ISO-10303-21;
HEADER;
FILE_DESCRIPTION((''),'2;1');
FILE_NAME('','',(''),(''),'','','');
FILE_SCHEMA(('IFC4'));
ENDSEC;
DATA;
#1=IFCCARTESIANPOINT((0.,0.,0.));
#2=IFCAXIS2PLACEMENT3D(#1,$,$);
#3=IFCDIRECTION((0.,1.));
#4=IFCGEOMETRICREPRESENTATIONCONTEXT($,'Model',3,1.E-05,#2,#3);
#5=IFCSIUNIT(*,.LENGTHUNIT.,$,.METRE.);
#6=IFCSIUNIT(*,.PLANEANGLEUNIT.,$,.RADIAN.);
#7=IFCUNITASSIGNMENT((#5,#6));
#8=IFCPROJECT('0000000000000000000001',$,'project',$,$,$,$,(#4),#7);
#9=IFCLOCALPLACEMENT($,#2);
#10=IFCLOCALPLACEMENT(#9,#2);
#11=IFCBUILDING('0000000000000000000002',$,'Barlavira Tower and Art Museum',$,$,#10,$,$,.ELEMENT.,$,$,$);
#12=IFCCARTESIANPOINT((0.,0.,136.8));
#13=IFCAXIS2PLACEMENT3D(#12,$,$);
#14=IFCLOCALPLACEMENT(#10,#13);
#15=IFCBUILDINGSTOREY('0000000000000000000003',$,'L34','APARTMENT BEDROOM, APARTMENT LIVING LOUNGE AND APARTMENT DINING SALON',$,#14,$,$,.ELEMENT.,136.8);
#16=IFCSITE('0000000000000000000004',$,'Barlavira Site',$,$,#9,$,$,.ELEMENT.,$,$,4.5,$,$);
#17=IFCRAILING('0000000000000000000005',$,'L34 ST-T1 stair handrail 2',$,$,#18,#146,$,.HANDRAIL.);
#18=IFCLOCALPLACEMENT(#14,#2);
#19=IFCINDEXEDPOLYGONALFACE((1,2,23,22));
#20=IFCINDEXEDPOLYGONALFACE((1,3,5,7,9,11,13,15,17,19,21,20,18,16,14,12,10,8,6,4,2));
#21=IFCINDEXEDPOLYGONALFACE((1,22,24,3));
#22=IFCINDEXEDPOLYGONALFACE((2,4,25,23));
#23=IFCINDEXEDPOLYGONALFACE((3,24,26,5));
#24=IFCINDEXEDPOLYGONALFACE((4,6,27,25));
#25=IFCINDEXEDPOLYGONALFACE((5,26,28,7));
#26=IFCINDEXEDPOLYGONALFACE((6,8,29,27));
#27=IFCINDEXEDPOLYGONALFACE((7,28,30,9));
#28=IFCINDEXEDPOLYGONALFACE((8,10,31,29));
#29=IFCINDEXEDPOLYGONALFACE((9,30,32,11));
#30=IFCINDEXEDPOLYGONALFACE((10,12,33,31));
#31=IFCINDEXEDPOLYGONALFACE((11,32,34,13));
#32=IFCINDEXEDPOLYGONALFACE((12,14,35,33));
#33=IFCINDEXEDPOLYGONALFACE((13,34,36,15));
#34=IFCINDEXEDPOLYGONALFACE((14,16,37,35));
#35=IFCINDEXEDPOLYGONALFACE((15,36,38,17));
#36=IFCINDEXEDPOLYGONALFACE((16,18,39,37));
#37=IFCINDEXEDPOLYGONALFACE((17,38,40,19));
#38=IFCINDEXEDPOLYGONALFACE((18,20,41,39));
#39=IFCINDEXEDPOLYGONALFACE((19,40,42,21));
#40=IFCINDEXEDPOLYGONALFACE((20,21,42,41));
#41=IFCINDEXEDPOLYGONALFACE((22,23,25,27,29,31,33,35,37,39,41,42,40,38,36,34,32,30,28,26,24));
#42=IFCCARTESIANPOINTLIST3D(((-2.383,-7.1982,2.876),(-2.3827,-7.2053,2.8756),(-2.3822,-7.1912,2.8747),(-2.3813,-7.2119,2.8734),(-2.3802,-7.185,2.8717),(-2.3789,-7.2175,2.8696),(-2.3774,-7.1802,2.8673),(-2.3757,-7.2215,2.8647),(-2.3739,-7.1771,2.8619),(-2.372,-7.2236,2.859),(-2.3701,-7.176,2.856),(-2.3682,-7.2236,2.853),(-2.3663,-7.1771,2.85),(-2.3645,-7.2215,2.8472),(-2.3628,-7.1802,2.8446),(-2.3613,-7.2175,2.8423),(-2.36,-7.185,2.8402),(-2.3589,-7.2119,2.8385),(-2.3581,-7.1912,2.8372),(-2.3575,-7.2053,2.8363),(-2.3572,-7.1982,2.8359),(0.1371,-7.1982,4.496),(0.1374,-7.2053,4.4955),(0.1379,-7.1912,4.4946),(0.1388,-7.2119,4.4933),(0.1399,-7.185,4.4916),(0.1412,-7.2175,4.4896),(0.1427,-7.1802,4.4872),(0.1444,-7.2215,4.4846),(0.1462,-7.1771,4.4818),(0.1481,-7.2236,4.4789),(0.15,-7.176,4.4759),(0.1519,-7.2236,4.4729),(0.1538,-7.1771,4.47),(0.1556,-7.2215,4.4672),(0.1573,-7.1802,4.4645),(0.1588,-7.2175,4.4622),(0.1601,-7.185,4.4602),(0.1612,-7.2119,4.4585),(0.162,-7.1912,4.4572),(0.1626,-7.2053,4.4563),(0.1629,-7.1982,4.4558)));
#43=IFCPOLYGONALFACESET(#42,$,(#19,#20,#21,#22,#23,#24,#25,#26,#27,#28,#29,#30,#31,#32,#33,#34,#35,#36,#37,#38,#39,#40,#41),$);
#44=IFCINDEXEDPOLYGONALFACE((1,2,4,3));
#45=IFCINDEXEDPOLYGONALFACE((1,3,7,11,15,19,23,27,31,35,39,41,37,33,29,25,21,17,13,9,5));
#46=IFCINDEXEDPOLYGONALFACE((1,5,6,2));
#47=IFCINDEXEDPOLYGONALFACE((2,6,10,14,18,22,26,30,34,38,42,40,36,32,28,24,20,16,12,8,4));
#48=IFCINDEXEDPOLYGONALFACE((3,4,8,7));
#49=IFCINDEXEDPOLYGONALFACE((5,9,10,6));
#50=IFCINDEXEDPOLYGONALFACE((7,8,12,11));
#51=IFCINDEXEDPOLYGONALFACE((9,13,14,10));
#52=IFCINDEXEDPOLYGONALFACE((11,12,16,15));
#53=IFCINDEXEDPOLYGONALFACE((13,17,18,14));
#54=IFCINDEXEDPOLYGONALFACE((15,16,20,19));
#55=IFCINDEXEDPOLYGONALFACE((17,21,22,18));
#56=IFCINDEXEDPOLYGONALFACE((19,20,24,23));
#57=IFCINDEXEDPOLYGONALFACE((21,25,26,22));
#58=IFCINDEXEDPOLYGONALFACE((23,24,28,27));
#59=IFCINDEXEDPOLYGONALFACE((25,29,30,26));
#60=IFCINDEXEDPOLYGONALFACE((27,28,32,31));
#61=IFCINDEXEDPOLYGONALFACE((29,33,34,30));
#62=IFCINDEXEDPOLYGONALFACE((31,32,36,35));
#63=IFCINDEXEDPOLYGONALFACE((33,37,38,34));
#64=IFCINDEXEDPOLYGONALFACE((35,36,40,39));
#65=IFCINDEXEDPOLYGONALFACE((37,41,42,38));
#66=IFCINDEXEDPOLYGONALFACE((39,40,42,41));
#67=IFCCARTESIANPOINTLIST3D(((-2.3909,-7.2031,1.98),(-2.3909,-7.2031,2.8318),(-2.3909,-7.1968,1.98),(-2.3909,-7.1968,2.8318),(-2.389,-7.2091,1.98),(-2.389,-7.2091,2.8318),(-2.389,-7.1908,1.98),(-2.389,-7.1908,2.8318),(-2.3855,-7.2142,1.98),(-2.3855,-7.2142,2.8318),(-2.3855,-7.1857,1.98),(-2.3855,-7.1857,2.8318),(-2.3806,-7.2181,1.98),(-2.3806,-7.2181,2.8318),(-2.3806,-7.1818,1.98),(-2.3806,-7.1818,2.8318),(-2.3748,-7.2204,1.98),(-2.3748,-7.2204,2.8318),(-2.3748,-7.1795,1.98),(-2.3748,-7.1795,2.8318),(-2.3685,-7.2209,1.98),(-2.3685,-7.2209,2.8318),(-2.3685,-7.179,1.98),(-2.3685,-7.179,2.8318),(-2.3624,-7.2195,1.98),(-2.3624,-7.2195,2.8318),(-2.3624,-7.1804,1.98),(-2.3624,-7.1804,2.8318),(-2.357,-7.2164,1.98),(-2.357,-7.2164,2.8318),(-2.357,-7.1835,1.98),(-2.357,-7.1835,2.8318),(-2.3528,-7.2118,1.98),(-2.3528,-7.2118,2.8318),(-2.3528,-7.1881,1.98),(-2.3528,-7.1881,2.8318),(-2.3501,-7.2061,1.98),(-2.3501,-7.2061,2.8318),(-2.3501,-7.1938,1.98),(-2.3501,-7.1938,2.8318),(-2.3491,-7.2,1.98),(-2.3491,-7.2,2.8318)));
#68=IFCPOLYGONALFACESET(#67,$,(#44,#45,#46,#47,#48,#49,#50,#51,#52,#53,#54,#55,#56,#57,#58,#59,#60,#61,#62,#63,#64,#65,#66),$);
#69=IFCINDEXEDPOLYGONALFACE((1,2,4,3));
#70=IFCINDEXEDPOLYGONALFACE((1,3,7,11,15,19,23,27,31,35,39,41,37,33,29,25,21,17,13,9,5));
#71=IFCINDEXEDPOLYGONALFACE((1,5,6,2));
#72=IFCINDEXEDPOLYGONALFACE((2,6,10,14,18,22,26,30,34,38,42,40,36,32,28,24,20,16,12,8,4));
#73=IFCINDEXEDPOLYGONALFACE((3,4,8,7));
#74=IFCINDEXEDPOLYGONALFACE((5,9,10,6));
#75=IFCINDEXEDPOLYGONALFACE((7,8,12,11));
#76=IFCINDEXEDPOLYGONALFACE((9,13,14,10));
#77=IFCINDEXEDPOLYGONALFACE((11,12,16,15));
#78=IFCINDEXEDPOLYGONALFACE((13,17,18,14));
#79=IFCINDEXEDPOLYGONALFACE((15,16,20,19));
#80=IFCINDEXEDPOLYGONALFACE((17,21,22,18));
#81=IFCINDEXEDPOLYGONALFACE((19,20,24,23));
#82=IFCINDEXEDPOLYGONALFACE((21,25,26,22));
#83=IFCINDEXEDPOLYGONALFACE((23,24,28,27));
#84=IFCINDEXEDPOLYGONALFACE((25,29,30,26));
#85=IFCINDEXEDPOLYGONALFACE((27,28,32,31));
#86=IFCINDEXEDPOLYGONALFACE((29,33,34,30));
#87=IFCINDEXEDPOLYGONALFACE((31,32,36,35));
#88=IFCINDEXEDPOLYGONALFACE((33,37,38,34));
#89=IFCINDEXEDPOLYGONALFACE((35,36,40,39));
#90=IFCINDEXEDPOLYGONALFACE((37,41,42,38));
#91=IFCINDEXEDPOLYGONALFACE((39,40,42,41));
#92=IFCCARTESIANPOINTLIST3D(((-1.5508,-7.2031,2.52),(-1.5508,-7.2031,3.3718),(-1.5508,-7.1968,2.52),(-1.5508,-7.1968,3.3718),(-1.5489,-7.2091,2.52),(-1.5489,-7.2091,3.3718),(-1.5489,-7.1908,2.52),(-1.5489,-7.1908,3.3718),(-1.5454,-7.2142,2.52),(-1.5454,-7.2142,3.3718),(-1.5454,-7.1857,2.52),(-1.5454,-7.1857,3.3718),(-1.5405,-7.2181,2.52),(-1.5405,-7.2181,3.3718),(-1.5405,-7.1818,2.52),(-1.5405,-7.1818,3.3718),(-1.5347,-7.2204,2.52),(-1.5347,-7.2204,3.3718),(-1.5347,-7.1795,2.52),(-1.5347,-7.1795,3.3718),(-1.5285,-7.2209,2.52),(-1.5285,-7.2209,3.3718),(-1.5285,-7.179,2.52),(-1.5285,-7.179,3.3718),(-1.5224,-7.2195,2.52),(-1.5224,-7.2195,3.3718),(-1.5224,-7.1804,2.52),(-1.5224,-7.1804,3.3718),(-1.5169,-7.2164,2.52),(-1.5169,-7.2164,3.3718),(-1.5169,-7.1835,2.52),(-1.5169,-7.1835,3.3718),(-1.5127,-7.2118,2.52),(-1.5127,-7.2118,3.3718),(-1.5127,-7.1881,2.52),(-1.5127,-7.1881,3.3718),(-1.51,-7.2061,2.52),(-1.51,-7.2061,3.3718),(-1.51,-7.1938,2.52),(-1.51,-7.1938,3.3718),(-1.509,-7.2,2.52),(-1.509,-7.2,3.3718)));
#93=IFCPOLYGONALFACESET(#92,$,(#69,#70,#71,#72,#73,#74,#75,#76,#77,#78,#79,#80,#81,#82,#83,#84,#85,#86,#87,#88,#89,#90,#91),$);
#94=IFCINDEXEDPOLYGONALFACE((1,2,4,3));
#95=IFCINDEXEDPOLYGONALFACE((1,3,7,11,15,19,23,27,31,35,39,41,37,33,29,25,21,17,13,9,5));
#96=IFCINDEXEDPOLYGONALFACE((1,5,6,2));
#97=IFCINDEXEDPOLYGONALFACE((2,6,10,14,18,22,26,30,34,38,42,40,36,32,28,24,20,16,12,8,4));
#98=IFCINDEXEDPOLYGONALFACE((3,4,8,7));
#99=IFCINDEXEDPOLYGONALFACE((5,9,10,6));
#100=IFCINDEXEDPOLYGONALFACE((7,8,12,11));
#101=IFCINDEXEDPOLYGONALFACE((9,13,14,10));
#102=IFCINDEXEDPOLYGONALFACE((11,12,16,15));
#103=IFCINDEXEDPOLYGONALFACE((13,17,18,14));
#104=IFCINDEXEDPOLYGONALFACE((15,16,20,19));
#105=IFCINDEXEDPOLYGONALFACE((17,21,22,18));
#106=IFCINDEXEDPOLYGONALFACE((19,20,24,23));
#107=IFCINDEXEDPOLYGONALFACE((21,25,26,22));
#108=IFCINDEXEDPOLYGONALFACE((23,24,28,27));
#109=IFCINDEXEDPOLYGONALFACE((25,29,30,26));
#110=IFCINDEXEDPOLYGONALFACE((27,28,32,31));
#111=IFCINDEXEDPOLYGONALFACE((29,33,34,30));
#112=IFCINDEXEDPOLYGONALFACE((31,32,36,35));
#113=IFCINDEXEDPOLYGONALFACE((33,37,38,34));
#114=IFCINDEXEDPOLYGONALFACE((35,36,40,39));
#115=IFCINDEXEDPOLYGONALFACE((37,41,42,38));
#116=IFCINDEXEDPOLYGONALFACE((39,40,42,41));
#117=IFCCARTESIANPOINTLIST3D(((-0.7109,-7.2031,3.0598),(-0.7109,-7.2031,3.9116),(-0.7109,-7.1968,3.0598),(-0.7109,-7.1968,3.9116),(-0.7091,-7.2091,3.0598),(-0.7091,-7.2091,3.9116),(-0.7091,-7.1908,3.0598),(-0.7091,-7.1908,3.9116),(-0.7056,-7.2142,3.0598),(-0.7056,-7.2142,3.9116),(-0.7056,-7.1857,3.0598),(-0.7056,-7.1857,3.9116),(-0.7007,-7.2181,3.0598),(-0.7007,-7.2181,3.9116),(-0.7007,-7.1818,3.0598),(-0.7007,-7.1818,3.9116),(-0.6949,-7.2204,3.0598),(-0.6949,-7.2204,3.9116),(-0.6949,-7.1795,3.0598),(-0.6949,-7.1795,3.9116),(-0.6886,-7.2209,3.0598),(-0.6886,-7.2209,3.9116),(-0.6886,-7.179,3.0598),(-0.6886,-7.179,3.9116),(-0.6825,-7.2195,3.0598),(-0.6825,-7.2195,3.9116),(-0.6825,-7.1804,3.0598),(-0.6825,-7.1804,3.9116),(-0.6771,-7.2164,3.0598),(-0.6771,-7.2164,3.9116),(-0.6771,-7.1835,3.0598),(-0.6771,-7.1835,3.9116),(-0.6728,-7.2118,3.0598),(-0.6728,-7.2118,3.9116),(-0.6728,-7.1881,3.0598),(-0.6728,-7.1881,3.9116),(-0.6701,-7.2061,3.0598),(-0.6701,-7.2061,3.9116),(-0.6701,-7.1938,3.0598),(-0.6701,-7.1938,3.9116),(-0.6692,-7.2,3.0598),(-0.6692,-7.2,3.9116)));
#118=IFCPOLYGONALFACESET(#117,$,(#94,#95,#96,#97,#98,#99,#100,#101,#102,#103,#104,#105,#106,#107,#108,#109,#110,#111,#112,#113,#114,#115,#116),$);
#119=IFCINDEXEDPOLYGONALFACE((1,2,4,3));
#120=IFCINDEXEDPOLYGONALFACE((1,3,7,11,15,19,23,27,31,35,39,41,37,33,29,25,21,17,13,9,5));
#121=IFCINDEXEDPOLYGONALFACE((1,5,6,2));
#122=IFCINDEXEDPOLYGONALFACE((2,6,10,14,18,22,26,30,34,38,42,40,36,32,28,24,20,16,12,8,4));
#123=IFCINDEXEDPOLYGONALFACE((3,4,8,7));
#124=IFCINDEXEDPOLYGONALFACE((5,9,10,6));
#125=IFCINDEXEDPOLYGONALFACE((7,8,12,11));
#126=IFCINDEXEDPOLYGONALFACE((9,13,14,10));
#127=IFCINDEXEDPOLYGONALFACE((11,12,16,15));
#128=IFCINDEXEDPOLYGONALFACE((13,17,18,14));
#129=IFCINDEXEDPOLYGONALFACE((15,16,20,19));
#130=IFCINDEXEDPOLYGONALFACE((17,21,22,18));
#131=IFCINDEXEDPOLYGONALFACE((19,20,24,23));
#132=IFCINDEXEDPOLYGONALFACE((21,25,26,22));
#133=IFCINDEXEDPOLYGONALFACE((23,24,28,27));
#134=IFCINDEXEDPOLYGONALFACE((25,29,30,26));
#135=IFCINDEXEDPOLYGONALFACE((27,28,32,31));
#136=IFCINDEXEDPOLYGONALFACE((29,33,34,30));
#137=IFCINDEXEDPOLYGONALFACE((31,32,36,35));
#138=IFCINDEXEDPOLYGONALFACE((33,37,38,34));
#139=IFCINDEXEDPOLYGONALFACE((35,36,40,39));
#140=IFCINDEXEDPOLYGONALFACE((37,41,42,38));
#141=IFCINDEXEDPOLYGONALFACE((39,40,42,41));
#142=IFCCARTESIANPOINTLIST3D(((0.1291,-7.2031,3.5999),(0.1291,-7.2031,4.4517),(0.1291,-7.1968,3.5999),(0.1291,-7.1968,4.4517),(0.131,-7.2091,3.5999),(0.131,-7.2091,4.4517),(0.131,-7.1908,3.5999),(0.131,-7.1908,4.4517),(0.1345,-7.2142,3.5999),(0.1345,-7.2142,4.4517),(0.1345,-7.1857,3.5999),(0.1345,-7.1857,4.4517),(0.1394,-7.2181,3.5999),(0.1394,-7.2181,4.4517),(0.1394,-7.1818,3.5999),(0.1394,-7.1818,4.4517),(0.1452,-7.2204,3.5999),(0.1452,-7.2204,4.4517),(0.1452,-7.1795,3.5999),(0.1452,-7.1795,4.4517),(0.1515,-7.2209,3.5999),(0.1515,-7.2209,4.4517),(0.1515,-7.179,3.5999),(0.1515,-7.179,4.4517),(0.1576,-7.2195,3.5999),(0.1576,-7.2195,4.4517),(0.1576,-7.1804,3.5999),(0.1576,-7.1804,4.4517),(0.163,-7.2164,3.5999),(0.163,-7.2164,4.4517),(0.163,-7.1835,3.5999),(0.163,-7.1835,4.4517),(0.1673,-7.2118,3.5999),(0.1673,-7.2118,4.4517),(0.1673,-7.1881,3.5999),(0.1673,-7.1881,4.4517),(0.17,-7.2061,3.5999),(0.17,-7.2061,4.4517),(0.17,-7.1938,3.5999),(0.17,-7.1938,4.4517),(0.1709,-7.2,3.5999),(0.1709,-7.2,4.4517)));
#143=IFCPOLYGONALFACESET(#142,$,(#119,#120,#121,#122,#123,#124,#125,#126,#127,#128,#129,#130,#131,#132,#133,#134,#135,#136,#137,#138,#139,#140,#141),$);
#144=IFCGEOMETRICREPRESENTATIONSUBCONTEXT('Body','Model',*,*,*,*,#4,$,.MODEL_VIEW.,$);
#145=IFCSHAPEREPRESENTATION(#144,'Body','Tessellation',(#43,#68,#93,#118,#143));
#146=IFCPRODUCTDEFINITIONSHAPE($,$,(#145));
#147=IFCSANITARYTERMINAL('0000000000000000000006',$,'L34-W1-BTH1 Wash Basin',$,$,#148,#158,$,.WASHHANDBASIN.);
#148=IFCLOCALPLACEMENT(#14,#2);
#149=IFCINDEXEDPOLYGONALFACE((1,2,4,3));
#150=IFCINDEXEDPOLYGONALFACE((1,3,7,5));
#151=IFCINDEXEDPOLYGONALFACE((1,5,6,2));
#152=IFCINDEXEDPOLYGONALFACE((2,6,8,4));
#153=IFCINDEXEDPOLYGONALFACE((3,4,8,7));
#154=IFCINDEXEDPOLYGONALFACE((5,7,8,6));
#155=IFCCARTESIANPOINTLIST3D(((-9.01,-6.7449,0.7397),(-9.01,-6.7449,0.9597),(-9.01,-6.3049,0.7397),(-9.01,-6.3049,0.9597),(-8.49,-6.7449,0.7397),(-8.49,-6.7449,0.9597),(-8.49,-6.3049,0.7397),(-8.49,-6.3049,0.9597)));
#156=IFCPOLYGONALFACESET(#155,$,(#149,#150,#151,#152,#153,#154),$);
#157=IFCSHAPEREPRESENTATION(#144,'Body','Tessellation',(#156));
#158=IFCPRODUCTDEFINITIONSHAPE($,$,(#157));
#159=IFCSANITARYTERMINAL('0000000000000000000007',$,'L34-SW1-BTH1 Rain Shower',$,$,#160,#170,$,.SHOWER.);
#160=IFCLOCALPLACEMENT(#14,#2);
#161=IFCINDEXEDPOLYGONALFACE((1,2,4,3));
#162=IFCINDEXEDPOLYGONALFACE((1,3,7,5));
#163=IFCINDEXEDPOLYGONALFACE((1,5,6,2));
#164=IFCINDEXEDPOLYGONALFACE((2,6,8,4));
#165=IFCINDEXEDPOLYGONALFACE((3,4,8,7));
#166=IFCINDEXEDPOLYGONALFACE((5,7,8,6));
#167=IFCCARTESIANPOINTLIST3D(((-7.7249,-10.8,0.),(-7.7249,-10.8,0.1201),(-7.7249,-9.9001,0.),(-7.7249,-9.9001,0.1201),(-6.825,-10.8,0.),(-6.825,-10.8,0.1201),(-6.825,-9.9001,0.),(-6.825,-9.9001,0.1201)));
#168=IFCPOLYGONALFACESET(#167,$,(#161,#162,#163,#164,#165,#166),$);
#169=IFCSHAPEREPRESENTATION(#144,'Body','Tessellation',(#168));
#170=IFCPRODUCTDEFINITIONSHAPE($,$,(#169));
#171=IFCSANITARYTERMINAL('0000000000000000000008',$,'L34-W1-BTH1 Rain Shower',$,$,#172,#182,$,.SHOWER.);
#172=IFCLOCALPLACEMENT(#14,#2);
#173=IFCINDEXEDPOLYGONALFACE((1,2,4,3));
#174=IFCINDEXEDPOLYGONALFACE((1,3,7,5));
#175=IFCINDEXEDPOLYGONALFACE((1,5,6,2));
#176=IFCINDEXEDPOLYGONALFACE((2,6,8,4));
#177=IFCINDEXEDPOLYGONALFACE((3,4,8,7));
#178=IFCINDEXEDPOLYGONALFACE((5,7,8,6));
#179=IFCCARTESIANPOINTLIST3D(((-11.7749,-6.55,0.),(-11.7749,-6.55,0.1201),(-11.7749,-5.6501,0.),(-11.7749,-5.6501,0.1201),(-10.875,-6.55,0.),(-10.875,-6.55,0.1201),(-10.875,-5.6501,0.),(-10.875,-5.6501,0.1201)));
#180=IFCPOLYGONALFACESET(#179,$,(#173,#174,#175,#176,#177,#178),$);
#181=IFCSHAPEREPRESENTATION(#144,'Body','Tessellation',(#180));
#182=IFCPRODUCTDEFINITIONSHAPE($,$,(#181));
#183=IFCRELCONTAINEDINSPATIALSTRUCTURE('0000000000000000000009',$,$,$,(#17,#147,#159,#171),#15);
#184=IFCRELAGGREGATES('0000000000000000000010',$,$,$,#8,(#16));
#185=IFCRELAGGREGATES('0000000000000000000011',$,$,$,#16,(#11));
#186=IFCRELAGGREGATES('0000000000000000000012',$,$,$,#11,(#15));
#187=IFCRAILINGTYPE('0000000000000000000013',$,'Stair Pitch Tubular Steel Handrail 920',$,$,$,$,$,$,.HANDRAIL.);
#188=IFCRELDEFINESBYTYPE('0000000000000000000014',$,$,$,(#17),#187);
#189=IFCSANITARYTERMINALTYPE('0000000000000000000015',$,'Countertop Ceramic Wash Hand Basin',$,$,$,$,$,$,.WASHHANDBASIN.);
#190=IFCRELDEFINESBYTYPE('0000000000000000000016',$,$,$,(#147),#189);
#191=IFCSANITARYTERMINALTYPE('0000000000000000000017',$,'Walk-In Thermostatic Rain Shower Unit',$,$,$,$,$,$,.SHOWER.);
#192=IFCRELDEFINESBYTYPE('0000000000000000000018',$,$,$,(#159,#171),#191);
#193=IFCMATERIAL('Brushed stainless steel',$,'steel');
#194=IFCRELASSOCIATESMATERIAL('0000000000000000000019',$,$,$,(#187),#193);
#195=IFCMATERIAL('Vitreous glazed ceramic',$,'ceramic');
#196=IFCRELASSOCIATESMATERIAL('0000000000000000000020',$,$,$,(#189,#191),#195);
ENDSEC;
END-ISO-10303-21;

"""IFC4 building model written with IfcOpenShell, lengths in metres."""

from ifc_helpers import new_model, si_unit, direction, frame, origin, origin_2d, place, context, subcontext, project, spatial, rectangle, circle, extrude, material, type_object, element, save


model = new_model("IFC4")

# Units and contexts
model_context = context("Model", 3, precision=1e-05, world=origin(), true_north=direction((0.0, 1.0)))
body_context = subcontext(model_context, "Body", "Model", "MODEL_VIEW")
ifc_project = project(units=[si_unit("LENGTHUNIT", "METRE"), si_unit("PLANEANGLEUNIT", "RADIAN")], contexts=[model_context])

# Site, building, storey
site_placement = place(None, origin())
site = spatial("IfcSite", under=ifc_project, at=site_placement, Name="Barlavira Site", CompositionType="ELEMENT", RefElevation=4.5)
building_placement = place(site_placement, origin())
building = spatial("IfcBuilding", under=site, at=building_placement, Name="Barlavira Tower and Art Museum", CompositionType="ELEMENT")
storey_placement = place(building_placement, frame((0.0, 0.0, 136.8)))
storey = spatial("IfcBuildingStorey", under=building, at=storey_placement, Name="L34", Description="APARTMENT BEDROOM, APARTMENT LIVING LOUNGE AND APARTMENT DINING SALON", CompositionType="ELEMENT", Elevation=136.8)

# Shared definitions
ifc_material_1 = material(Name="Brushed stainless steel", Category="steel")

# Railing
railing_type_1 = type_object("IfcRailingType", Name="Stair Pitch Tubular Steel Handrail 920", PredefinedType="HANDRAIL", material=ifc_material_1)
railing_1_placement = place(storey_placement, frame((-2.3701, -7.2, 1.98)))
element("IfcRailing", 1, at=railing_1_placement, inside=storey, type_object=railing_type_1, Name="L34 ST-T1 stair handrail 2", PredefinedType="HANDRAIL", context=body_context, shape_type="SweptSolid", body=[
    extrude(circle(Radius=0.0239, at=origin_2d()), frame((0.0, 0.0, 0.876), z_axis=(0.8412, 0.0, 0.540725), x_axis=(0.0, 1.0, 0.0)), (0.0, 0.0, 1.0), 2.9958),
    extrude(circle(Radius=0.021, at=origin_2d()), origin(), (0.0, 0.0, 1.0), 0.8518),
    extrude(circle(Radius=0.021, at=origin_2d()), frame((0.8401, 0.0, 0.54)), (0.0, 0.0, 1.0), 0.8518),
    extrude(circle(Radius=0.021, at=origin_2d()), frame((1.6799, 0.0, 1.0798)), (0.0, 0.0, 1.0), 0.8518),
    extrude(circle(Radius=0.021, at=origin_2d()), frame((2.52, 0.0, 1.6199)), (0.0, 0.0, 1.0), 0.8518),
])

# Sanitary terminals
ifc_material_2 = material(Name="Vitreous glazed ceramic", Category="ceramic")
sanitary_terminal_type_1 = type_object("IfcSanitaryTerminalType", Name="Countertop Ceramic Wash Hand Basin", PredefinedType="WASHHANDBASIN", material=ifc_material_2)
sanitary_terminal_placement = place(storey_placement, frame((-8.75, -6.5249, 0.7397), z_axis=(0.0, 0.0, 1.0), x_axis=(1.0, 0.0, 0.0)))
element("IfcSanitaryTerminal", 2, at=sanitary_terminal_placement, inside=storey, type_object=sanitary_terminal_type_1, Name="L34-W1-BTH1 Wash Basin", PredefinedType="WASHHANDBASIN", context=body_context, shape_type="SweptSolid", body=[
    extrude(rectangle(XDim=0.52, YDim=0.4399, at=origin_2d()), origin(), (0.0, 0.0, 1.0), 0.22),
])
sanitary_terminal_type_2 = type_object("IfcSanitaryTerminalType", Name="Walk-In Thermostatic Rain Shower Unit", PredefinedType="SHOWER", material=ifc_material_2)
for number, where, z_axis, x_axis, name in (
    (3, (-7.2749, -10.3501, 0.0), (0.0, 0.0, 1.0), (1.0, 0.0, 0.0), "L34-SW1-BTH1 Rain Shower"),
    (4, (-11.325, -6.1001, 0.0), (0.0, 0.0, 1.0), (1.0, 0.0, 0.0), "L34-W1-BTH1 Rain Shower"),
):
    element("IfcSanitaryTerminal", number, at=place(storey_placement, frame(where, z_axis=z_axis, x_axis=x_axis)), inside=storey, type_object=sanitary_terminal_type_2, Name=name, PredefinedType="SHOWER", context=body_context, shape_type="SweptSolid", body=[
        extrude(rectangle(XDim=0.8999, YDim=0.8999, at=origin_2d()), origin(), (0.0, 0.0, 1.0), 0.1201),
    ])

save(model, "model.ifc")
